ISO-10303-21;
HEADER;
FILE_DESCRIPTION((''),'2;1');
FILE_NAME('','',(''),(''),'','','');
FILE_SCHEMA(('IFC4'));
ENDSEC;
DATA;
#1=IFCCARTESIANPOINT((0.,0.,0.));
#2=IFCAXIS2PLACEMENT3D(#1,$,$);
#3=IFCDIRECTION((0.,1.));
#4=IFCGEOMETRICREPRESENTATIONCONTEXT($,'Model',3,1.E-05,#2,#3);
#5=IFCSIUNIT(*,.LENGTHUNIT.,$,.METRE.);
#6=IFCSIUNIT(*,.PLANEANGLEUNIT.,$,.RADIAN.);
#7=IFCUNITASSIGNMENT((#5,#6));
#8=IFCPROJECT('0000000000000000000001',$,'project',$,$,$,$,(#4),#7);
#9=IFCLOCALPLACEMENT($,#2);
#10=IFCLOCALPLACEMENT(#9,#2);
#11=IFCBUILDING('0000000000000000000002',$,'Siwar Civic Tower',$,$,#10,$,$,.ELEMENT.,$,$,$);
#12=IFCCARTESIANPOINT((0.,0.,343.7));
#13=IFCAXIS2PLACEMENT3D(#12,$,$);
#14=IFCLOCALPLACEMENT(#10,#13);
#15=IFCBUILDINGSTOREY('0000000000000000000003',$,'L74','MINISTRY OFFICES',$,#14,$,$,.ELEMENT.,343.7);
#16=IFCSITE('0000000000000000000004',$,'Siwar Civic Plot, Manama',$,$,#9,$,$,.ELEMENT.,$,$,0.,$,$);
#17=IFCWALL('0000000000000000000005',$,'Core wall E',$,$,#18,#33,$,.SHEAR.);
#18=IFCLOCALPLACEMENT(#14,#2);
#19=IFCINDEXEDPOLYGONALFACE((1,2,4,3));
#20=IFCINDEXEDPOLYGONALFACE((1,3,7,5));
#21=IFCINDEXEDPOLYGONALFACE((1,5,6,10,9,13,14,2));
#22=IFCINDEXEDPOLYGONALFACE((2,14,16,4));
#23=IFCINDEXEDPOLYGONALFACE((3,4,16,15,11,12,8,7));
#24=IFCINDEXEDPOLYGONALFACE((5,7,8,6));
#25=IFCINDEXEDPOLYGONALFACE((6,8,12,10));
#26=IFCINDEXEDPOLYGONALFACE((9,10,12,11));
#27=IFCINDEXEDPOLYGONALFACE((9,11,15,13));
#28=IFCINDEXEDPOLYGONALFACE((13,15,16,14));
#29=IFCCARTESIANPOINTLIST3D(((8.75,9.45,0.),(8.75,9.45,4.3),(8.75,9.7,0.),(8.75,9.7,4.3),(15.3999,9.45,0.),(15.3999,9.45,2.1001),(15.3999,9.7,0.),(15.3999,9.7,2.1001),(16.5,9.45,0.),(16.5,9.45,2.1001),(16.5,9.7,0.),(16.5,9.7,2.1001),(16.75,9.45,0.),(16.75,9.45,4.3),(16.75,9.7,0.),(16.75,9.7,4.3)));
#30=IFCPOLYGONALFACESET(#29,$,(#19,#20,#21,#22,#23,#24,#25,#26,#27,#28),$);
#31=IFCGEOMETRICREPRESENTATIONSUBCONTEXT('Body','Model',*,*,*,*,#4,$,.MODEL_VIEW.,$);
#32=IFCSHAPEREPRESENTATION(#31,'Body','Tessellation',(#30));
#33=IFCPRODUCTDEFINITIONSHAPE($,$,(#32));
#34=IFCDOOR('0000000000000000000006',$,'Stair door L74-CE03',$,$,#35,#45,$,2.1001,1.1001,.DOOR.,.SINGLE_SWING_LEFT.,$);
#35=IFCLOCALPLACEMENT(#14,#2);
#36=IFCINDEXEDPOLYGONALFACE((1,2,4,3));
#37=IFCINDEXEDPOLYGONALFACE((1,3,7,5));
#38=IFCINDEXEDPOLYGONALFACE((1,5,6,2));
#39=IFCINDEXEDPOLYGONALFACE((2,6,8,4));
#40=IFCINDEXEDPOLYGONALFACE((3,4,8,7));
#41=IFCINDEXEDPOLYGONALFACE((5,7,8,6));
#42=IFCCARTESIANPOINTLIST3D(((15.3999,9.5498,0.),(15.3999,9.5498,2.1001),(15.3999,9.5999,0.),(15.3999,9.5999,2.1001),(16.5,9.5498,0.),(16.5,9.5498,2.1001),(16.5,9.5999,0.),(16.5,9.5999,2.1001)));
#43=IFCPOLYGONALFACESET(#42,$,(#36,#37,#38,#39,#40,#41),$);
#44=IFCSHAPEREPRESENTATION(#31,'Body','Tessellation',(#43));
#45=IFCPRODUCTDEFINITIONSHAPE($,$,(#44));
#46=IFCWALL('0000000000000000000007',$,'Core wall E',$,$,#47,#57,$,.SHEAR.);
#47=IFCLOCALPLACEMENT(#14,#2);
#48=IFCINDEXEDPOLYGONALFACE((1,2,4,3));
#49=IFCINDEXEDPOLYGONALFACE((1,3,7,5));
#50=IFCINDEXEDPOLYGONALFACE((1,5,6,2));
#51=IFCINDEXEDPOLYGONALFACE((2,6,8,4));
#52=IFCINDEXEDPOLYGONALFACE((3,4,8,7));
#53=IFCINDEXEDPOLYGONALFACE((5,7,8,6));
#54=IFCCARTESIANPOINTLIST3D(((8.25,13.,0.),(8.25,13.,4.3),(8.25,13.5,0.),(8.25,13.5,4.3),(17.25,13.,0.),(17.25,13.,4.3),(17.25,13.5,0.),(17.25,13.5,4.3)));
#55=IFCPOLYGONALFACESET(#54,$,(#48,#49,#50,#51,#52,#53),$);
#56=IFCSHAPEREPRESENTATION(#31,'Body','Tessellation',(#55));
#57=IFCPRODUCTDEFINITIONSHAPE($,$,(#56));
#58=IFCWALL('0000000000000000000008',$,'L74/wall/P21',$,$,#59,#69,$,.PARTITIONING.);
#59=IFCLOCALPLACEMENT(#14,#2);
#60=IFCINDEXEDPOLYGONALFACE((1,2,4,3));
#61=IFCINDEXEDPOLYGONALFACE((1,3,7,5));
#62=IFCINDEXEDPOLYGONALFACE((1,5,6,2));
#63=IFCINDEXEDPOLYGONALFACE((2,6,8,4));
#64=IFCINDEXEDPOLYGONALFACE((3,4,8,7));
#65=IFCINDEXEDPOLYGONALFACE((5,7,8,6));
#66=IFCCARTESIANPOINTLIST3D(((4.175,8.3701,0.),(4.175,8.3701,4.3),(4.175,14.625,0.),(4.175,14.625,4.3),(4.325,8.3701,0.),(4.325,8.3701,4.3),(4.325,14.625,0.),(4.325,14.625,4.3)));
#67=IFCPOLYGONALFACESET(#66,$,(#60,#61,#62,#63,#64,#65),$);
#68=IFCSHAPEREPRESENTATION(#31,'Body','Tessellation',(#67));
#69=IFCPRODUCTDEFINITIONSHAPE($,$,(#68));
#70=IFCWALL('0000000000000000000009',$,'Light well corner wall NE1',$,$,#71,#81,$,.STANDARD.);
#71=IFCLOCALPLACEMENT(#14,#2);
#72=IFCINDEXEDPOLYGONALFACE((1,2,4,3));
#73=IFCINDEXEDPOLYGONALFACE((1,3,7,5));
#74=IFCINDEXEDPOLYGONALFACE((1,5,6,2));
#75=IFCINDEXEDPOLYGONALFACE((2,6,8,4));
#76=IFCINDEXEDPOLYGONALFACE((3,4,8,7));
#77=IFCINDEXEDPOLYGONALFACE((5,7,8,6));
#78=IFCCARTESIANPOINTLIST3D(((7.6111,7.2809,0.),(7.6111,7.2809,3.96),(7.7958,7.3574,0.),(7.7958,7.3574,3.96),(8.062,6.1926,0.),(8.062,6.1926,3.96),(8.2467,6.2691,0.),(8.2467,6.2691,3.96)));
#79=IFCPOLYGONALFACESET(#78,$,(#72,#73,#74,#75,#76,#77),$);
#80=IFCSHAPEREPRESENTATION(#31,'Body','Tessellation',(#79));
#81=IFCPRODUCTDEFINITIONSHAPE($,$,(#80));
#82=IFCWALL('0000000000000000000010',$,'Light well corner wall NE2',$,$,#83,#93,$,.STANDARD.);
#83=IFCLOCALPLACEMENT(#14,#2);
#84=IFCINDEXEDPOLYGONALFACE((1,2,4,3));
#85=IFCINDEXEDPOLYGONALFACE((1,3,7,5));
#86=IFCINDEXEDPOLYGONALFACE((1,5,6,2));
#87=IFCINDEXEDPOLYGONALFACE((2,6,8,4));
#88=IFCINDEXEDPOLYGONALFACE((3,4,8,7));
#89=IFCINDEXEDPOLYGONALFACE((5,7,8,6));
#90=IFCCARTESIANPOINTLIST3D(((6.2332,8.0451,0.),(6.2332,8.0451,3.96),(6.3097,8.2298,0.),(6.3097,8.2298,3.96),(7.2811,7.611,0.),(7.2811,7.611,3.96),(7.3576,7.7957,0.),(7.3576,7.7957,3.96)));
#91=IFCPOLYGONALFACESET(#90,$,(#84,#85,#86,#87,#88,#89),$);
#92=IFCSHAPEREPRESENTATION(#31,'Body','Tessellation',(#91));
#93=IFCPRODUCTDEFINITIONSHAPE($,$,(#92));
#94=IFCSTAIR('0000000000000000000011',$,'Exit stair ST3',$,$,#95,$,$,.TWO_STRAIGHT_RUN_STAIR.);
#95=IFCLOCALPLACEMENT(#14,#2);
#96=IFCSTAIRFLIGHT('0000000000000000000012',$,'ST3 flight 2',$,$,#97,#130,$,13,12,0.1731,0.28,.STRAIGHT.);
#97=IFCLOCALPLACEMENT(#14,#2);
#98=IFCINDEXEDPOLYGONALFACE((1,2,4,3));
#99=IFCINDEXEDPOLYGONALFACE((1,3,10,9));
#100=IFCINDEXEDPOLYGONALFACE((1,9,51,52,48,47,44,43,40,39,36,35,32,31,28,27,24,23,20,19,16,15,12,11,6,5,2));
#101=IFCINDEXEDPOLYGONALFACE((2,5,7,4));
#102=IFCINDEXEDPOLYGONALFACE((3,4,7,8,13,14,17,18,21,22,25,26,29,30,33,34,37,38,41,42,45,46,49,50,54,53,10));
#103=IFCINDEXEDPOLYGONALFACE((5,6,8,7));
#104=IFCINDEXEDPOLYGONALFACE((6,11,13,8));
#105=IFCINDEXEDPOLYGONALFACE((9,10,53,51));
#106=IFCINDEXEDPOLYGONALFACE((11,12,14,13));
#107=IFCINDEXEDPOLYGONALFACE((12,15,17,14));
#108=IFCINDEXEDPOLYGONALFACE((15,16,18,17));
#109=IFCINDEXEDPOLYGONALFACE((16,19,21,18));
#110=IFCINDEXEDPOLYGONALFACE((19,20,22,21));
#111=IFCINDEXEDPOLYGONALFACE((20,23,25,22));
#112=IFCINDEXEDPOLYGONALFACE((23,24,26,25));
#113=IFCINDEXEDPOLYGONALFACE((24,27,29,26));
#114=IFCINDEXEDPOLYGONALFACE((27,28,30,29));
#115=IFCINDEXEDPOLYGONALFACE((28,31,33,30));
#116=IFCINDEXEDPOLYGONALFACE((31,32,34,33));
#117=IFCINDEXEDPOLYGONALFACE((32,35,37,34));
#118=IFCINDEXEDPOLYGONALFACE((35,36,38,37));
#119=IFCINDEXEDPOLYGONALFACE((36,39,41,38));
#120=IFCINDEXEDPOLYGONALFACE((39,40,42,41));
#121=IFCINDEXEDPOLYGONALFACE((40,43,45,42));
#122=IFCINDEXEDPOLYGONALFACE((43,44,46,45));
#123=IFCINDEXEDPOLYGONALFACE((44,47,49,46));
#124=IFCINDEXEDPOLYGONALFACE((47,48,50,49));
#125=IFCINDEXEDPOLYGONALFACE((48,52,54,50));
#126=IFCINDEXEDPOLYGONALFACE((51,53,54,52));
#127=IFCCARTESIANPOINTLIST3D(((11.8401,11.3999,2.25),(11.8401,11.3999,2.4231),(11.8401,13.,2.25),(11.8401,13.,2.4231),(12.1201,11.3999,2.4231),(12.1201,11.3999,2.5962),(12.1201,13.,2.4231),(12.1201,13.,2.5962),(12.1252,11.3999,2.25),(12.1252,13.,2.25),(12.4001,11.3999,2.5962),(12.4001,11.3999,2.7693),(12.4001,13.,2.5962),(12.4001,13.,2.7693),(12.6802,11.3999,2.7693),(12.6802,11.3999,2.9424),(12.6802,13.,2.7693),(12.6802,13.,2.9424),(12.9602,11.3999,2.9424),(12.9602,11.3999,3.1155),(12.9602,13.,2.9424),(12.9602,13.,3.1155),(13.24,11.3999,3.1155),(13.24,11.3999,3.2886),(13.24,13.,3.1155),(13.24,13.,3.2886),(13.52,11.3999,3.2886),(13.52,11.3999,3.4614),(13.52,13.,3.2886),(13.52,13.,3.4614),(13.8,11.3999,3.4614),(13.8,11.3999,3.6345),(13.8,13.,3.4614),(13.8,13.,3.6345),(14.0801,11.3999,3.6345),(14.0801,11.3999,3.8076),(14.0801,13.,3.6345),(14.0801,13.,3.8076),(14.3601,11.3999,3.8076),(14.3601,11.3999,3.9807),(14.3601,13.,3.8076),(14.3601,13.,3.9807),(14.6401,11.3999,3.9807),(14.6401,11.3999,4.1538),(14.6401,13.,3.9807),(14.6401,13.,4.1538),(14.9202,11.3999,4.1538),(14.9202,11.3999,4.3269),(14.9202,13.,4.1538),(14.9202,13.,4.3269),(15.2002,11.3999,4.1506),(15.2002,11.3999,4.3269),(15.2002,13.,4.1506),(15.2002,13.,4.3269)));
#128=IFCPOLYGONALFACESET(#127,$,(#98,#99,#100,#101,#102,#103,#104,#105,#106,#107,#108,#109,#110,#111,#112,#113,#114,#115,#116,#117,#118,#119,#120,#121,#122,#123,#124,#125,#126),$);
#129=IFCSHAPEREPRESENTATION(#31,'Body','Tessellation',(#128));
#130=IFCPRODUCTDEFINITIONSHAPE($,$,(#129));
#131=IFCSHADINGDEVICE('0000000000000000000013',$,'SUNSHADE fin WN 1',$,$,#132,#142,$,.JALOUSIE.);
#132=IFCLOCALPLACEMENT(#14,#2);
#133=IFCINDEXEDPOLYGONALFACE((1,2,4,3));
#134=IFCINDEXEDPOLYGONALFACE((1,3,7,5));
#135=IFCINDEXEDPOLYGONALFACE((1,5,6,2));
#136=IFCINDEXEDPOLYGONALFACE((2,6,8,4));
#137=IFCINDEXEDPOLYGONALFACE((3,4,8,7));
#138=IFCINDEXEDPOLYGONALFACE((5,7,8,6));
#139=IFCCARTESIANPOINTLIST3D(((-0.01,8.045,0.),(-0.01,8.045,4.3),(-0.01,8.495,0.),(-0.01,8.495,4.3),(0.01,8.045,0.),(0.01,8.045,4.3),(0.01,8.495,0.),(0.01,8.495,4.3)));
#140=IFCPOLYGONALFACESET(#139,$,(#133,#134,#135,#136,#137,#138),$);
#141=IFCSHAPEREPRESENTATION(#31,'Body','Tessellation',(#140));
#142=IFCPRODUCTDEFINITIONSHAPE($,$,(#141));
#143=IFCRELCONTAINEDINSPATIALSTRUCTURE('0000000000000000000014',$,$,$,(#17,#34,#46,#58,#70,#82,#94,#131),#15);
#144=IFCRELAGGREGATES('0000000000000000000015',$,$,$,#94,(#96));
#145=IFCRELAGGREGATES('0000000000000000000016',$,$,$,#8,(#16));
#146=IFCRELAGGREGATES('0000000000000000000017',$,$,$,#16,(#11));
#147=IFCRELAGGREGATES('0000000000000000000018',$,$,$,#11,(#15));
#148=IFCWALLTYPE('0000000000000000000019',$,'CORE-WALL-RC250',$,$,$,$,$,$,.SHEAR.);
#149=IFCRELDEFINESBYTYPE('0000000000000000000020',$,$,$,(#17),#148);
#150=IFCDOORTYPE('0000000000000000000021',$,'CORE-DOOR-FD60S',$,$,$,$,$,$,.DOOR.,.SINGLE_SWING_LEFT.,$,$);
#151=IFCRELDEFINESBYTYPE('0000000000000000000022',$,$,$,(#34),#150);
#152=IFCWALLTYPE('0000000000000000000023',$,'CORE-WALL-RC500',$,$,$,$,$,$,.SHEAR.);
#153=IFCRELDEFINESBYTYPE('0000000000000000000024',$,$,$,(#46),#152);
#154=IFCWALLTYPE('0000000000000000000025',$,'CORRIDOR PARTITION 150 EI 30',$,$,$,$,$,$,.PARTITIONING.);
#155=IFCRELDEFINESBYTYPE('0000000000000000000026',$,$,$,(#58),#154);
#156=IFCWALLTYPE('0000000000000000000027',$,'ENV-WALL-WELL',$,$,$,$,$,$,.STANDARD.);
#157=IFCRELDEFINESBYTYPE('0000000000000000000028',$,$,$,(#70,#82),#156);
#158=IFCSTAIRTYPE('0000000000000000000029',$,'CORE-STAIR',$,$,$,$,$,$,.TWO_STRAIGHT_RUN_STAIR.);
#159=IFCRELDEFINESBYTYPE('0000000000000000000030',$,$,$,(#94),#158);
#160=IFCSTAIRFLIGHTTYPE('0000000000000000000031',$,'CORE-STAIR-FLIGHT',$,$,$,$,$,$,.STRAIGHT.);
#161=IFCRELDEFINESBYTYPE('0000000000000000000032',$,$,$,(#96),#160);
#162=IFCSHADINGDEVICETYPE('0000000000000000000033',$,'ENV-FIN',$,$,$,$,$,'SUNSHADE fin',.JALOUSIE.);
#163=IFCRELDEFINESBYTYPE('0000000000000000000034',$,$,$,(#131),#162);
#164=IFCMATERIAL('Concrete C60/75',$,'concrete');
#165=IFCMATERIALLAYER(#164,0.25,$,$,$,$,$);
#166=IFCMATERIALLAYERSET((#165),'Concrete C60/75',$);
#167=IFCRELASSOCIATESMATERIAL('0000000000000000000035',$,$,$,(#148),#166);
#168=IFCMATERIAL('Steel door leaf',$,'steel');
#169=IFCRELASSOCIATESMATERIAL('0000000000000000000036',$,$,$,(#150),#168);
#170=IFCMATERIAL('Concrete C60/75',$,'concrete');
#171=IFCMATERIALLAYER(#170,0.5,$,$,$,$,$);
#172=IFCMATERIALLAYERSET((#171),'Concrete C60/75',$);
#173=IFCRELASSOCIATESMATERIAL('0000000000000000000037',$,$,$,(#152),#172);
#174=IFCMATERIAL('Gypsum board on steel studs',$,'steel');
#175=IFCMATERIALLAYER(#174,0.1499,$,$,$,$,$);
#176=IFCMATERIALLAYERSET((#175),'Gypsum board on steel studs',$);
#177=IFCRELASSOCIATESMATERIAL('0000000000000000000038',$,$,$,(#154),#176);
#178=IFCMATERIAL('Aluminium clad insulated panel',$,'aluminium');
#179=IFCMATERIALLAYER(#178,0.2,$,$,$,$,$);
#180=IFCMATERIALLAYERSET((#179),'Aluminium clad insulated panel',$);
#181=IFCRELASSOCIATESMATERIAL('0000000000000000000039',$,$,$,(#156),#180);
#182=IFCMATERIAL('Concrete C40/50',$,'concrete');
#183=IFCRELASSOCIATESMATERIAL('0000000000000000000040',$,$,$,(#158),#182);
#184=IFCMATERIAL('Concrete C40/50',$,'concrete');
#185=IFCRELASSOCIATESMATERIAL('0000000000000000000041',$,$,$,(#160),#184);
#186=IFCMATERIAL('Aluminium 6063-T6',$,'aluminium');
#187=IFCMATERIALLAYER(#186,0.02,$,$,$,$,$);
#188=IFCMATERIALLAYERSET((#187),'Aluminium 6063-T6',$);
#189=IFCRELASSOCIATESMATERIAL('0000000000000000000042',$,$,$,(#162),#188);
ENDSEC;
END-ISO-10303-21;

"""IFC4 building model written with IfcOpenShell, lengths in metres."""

from ifc_helpers import new_model, si_unit, direction, frame, frame_2d, origin, origin_2d, place, context, subcontext, project, spatial, polyline, rectangle, outline, extrude, material, layer, layer_set, type_object, element, fill, aggregate, save


model = new_model("IFC4")

# Units and contexts
model_context = context("Model", 3, precision=1e-05, world=origin(), true_north=direction((0.0, 1.0)))
body_context = subcontext(model_context, "Body", "Model", "MODEL_VIEW")
ifc_project = project(units=[si_unit("LENGTHUNIT", "METRE"), si_unit("PLANEANGLEUNIT", "RADIAN")], contexts=[model_context])

# Site, building, storey
site_placement = place(None, origin())
site = spatial("IfcSite", under=ifc_project, at=site_placement, Name="Siwar Civic Plot, Manama", CompositionType="ELEMENT", RefElevation=0.0)
building_placement = place(site_placement, origin())
building = spatial("IfcBuilding", under=site, at=building_placement, Name="Siwar Civic Tower", CompositionType="ELEMENT")
storey_placement = place(building_placement, frame((0.0, 0.0, 343.7)))
storey = spatial("IfcBuildingStorey", under=building, at=storey_placement, Name="L74", Description="MINISTRY OFFICES", CompositionType="ELEMENT", Elevation=343.7)

# Shared definitions
ifc_material_1 = material(Name="Concrete C60/75", Category="concrete")
ifc_layer_1 = layer(ifc_material_1, 0.25)
ifc_layer_set_1 = layer_set([ifc_layer_1], Name="Concrete C60/75")
wall_type_1 = type_object("IfcWallType", Name="CORE-WALL-RC250", PredefinedType="SHEAR", material=ifc_layer_set_1)

# Wall, opening, door
wall_1_placement = place(storey_placement, frame((8.75, 9.575, 0.0), z_axis=(0.0, 0.0, 1.0), x_axis=(1.0, 0.0, 0.0)))
wall_1 = element("IfcWall", 1, at=wall_1_placement, inside=storey, type_object=wall_type_1, Name="Core wall E", PredefinedType="SHEAR", context=body_context, shape_type="SweptSolid", body=[
    extrude(rectangle(XDim=8.0, YDim=0.25, at=frame_2d((4.0, 0.0))), origin(), (0.0, 0.0, 1.0), 4.3),
])
opening_1_placement = place(wall_1_placement, frame((6.6499, 0.0, 0.0)))
opening_1 = element("IfcOpeningElement", 2, at=opening_1_placement, cuts=wall_1, PredefinedType="OPENING", context=body_context, shape_type="SweptSolid", body=[
    extrude(rectangle(XDim=1.1001, YDim=2.1001, at=frame_2d((0.55, 1.05))), frame((0.0, 0.135, 0.0), z_axis=(0.0, -1.0, 0.0), x_axis=(1.0, 0.0, 0.0)), (0.0, 0.0, 1.0), 0.27),
])
ifc_material_2 = material(Name="Steel door leaf", Category="steel")
door_type_1 = type_object("IfcDoorType", Name="CORE-DOOR-FD60S", OperationType="SINGLE_SWING_LEFT", PredefinedType="DOOR", material=ifc_material_2)
door_1_placement = place(opening_1_placement, origin())
door_1 = element("IfcDoor", 3, at=door_1_placement, inside=storey, type_object=door_type_1, Name="Stair door L74-CE03", OperationType="SINGLE_SWING_LEFT", OverallHeight=2.1001, OverallWidth=1.1001, PredefinedType="DOOR", context=body_context, shape_type="SweptSolid", body=[
    extrude(rectangle(XDim=1.1001, YDim=2.1001, at=frame_2d((0.55, 1.05))), frame((0.0, 0.0249, 0.0), z_axis=(0.0, -1.0, 0.0), x_axis=(1.0, 0.0, 0.0)), (0.0, 0.0, 1.0), 0.05),
])
fill(opening_1, door_1)

# Walls
ifc_material_3 = material(Name="Concrete C60/75", Category="concrete")
ifc_layer_2 = layer(ifc_material_3, 0.5)
ifc_layer_set_2 = layer_set([ifc_layer_2], Name="Concrete C60/75")
wall_type_2 = type_object("IfcWallType", Name="CORE-WALL-RC500", PredefinedType="SHEAR", material=ifc_layer_set_2)
wall_2_placement = place(storey_placement, frame((8.25, 13.25, 0.0), z_axis=(0.0, 0.0, 1.0), x_axis=(1.0, 0.0, 0.0)))
element("IfcWall", 4, at=wall_2_placement, inside=storey, type_object=wall_type_2, Name="Core wall E", PredefinedType="SHEAR", context=body_context, shape_type="SweptSolid", body=[
    extrude(rectangle(XDim=9.0, YDim=0.5, at=frame_2d((4.5, 0.0))), origin(), (0.0, 0.0, 1.0), 4.3),
])
ifc_material_4 = material(Name="Gypsum board on steel studs", Category="steel")
ifc_layer_3 = layer(ifc_material_4, 0.1499)
ifc_layer_set_3 = layer_set([ifc_layer_3], Name="Gypsum board on steel studs")
wall_type_3 = type_object("IfcWallType", Name="CORRIDOR PARTITION 150 EI 30", PredefinedType="PARTITIONING", material=ifc_layer_set_3)
wall_3_placement = place(storey_placement, frame((4.25, 8.3701, 0.0), z_axis=(0.0, 0.0, 1.0), x_axis=(0.0, 1.0, 0.0)))
element("IfcWall", 5, at=wall_3_placement, inside=storey, type_object=wall_type_3, Name="L74/wall/P21", PredefinedType="PARTITIONING", context=body_context, shape_type="SweptSolid", body=[
    extrude(rectangle(XDim=6.2549, YDim=0.1499, at=frame_2d((3.1274, 0.0))), origin(), (0.0, 0.0, 1.0), 4.3),
])
ifc_material_5 = material(Name="Aluminium clad insulated panel", Category="aluminium")
ifc_layer_4 = layer(ifc_material_5, 0.2)
ifc_layer_set_4 = layer_set([ifc_layer_4], Name="Aluminium clad insulated panel")
wall_type_4 = type_object("IfcWallType", Name="ENV-WALL-WELL", PredefinedType="STANDARD", material=ifc_layer_set_4)
wall_4_placement = place(storey_placement, frame((8.1543, 6.231, 0.0), z_axis=(0.0, 0.0, 1.0), x_axis=(-0.382761, 0.923848, 0.0)))
element("IfcWall", 6, at=wall_4_placement, inside=storey, type_object=wall_type_4, Name="Light well corner wall NE1", PredefinedType="STANDARD", context=body_context, shape_type="SweptSolid", body=[
    extrude(rectangle(XDim=1.178, YDim=0.2, at=frame_2d((0.5889, 0.0))), origin(), (0.0, 0.0, 1.0), 3.96),
])
wall_5_placement = place(storey_placement, frame((7.3193, 7.7034, 0.0), z_axis=(0.0, 0.0, 1.0), x_axis=(-0.923865, 0.382719, 0.0)))
element("IfcWall", 7, at=wall_5_placement, inside=storey, type_object=wall_type_4, Name="Light well corner wall NE2", PredefinedType="STANDARD", context=body_context, shape_type="SweptSolid", body=[
    extrude(rectangle(XDim=1.1343, YDim=0.2, at=frame_2d((0.5671, 0.0))), origin(), (0.0, 0.0, 1.0), 3.96),
])

# Stair, stair flight
ifc_material_6 = material(Name="Concrete C40/50", Category="concrete")
stair_type = type_object("IfcStairType", Name="CORE-STAIR", PredefinedType="TWO_STRAIGHT_RUN_STAIR", material=ifc_material_6)
stair_placement = place(storey_placement, origin())
stair = element("IfcStair", 8, at=stair_placement, inside=storey, type_object=stair_type, Name="Exit stair ST3", PredefinedType="TWO_STRAIGHT_RUN_STAIR")
ifc_material_7 = material(Name="Concrete C40/50", Category="concrete")
stair_flight_type = type_object("IfcStairFlightType", Name="CORE-STAIR-FLIGHT", PredefinedType="STRAIGHT", material=ifc_material_7)
stair_flight_placement = place(storey_placement, frame((11.8401, 12.2, 2.25), z_axis=(0.0, 0.0, 1.0), x_axis=(1.0, 0.0, 0.0)))
stair_flight = element("IfcStairFlight", 9, at=stair_flight_placement, type_object=stair_flight_type, Name="ST3 flight 2", NumberOfRisers=13, NumberOfTreads=12, PredefinedType="STRAIGHT", RiserHeight=0.1731, TreadLength=0.28, context=body_context, shape_type="SweptSolid", body=[
    extrude(outline(polyline([(0.0, 0.0), (0.0, 0.1731), (0.28, 0.1731), (0.28, 0.3462), (0.5601, 0.3462), (0.5601, 0.5193), (0.8401, 0.5193), (0.8401, 0.6924), (1.1201, 0.6924), (1.1201, 0.8655), (1.3999, 0.8655), (1.3999, 1.0386), (1.6799, 1.0386), (1.6799, 1.2114), (1.96, 1.2114), (1.96, 1.3845), (2.24, 1.3845), (2.24, 1.5576), (2.52, 1.5576), (2.52, 1.7307), (2.8, 1.7307), (2.8, 1.9038), (3.0801, 1.9038), (3.0801, 2.0769), (3.3601, 2.0769), (3.3601, 2.25), (3.3601, 1.9006), (0.2852, 0.0), (0.0, 0.0)])), frame((0.0, 0.8, 0.0), z_axis=(0.0, -1.0, 0.0), x_axis=(1.0, 0.0, 0.0)), (0.0, 0.0, 1.0), 1.6001),
])
aggregate(stair, [stair_flight])

# Shading device
ifc_material_8 = material(Name="Aluminium 6063-T6", Category="aluminium")
ifc_layer_5 = layer(ifc_material_8, 0.02)
ifc_layer_set_5 = layer_set([ifc_layer_5], Name="Aluminium 6063-T6")
shading_device_type = type_object("IfcShadingDeviceType", Name="ENV-FIN", ElementType="SUNSHADE fin", PredefinedType="JALOUSIE", material=ifc_layer_set_5)
shading_device_placement = place(storey_placement, frame((0.0, 8.27, 0.0), z_axis=(0.0, 0.0, 1.0), x_axis=(-1.0, 0.0, 0.0)))
element("IfcShadingDevice", 10, at=shading_device_placement, inside=storey, type_object=shading_device_type, Name="SUNSHADE fin WN 1", PredefinedType="JALOUSIE", context=body_context, shape_type="SweptSolid", body=[
    extrude(rectangle(XDim=0.02, YDim=0.45, at=origin_2d()), origin(), (0.0, 0.0, 1.0), 4.3),
])

save(model, "model.ifc")
